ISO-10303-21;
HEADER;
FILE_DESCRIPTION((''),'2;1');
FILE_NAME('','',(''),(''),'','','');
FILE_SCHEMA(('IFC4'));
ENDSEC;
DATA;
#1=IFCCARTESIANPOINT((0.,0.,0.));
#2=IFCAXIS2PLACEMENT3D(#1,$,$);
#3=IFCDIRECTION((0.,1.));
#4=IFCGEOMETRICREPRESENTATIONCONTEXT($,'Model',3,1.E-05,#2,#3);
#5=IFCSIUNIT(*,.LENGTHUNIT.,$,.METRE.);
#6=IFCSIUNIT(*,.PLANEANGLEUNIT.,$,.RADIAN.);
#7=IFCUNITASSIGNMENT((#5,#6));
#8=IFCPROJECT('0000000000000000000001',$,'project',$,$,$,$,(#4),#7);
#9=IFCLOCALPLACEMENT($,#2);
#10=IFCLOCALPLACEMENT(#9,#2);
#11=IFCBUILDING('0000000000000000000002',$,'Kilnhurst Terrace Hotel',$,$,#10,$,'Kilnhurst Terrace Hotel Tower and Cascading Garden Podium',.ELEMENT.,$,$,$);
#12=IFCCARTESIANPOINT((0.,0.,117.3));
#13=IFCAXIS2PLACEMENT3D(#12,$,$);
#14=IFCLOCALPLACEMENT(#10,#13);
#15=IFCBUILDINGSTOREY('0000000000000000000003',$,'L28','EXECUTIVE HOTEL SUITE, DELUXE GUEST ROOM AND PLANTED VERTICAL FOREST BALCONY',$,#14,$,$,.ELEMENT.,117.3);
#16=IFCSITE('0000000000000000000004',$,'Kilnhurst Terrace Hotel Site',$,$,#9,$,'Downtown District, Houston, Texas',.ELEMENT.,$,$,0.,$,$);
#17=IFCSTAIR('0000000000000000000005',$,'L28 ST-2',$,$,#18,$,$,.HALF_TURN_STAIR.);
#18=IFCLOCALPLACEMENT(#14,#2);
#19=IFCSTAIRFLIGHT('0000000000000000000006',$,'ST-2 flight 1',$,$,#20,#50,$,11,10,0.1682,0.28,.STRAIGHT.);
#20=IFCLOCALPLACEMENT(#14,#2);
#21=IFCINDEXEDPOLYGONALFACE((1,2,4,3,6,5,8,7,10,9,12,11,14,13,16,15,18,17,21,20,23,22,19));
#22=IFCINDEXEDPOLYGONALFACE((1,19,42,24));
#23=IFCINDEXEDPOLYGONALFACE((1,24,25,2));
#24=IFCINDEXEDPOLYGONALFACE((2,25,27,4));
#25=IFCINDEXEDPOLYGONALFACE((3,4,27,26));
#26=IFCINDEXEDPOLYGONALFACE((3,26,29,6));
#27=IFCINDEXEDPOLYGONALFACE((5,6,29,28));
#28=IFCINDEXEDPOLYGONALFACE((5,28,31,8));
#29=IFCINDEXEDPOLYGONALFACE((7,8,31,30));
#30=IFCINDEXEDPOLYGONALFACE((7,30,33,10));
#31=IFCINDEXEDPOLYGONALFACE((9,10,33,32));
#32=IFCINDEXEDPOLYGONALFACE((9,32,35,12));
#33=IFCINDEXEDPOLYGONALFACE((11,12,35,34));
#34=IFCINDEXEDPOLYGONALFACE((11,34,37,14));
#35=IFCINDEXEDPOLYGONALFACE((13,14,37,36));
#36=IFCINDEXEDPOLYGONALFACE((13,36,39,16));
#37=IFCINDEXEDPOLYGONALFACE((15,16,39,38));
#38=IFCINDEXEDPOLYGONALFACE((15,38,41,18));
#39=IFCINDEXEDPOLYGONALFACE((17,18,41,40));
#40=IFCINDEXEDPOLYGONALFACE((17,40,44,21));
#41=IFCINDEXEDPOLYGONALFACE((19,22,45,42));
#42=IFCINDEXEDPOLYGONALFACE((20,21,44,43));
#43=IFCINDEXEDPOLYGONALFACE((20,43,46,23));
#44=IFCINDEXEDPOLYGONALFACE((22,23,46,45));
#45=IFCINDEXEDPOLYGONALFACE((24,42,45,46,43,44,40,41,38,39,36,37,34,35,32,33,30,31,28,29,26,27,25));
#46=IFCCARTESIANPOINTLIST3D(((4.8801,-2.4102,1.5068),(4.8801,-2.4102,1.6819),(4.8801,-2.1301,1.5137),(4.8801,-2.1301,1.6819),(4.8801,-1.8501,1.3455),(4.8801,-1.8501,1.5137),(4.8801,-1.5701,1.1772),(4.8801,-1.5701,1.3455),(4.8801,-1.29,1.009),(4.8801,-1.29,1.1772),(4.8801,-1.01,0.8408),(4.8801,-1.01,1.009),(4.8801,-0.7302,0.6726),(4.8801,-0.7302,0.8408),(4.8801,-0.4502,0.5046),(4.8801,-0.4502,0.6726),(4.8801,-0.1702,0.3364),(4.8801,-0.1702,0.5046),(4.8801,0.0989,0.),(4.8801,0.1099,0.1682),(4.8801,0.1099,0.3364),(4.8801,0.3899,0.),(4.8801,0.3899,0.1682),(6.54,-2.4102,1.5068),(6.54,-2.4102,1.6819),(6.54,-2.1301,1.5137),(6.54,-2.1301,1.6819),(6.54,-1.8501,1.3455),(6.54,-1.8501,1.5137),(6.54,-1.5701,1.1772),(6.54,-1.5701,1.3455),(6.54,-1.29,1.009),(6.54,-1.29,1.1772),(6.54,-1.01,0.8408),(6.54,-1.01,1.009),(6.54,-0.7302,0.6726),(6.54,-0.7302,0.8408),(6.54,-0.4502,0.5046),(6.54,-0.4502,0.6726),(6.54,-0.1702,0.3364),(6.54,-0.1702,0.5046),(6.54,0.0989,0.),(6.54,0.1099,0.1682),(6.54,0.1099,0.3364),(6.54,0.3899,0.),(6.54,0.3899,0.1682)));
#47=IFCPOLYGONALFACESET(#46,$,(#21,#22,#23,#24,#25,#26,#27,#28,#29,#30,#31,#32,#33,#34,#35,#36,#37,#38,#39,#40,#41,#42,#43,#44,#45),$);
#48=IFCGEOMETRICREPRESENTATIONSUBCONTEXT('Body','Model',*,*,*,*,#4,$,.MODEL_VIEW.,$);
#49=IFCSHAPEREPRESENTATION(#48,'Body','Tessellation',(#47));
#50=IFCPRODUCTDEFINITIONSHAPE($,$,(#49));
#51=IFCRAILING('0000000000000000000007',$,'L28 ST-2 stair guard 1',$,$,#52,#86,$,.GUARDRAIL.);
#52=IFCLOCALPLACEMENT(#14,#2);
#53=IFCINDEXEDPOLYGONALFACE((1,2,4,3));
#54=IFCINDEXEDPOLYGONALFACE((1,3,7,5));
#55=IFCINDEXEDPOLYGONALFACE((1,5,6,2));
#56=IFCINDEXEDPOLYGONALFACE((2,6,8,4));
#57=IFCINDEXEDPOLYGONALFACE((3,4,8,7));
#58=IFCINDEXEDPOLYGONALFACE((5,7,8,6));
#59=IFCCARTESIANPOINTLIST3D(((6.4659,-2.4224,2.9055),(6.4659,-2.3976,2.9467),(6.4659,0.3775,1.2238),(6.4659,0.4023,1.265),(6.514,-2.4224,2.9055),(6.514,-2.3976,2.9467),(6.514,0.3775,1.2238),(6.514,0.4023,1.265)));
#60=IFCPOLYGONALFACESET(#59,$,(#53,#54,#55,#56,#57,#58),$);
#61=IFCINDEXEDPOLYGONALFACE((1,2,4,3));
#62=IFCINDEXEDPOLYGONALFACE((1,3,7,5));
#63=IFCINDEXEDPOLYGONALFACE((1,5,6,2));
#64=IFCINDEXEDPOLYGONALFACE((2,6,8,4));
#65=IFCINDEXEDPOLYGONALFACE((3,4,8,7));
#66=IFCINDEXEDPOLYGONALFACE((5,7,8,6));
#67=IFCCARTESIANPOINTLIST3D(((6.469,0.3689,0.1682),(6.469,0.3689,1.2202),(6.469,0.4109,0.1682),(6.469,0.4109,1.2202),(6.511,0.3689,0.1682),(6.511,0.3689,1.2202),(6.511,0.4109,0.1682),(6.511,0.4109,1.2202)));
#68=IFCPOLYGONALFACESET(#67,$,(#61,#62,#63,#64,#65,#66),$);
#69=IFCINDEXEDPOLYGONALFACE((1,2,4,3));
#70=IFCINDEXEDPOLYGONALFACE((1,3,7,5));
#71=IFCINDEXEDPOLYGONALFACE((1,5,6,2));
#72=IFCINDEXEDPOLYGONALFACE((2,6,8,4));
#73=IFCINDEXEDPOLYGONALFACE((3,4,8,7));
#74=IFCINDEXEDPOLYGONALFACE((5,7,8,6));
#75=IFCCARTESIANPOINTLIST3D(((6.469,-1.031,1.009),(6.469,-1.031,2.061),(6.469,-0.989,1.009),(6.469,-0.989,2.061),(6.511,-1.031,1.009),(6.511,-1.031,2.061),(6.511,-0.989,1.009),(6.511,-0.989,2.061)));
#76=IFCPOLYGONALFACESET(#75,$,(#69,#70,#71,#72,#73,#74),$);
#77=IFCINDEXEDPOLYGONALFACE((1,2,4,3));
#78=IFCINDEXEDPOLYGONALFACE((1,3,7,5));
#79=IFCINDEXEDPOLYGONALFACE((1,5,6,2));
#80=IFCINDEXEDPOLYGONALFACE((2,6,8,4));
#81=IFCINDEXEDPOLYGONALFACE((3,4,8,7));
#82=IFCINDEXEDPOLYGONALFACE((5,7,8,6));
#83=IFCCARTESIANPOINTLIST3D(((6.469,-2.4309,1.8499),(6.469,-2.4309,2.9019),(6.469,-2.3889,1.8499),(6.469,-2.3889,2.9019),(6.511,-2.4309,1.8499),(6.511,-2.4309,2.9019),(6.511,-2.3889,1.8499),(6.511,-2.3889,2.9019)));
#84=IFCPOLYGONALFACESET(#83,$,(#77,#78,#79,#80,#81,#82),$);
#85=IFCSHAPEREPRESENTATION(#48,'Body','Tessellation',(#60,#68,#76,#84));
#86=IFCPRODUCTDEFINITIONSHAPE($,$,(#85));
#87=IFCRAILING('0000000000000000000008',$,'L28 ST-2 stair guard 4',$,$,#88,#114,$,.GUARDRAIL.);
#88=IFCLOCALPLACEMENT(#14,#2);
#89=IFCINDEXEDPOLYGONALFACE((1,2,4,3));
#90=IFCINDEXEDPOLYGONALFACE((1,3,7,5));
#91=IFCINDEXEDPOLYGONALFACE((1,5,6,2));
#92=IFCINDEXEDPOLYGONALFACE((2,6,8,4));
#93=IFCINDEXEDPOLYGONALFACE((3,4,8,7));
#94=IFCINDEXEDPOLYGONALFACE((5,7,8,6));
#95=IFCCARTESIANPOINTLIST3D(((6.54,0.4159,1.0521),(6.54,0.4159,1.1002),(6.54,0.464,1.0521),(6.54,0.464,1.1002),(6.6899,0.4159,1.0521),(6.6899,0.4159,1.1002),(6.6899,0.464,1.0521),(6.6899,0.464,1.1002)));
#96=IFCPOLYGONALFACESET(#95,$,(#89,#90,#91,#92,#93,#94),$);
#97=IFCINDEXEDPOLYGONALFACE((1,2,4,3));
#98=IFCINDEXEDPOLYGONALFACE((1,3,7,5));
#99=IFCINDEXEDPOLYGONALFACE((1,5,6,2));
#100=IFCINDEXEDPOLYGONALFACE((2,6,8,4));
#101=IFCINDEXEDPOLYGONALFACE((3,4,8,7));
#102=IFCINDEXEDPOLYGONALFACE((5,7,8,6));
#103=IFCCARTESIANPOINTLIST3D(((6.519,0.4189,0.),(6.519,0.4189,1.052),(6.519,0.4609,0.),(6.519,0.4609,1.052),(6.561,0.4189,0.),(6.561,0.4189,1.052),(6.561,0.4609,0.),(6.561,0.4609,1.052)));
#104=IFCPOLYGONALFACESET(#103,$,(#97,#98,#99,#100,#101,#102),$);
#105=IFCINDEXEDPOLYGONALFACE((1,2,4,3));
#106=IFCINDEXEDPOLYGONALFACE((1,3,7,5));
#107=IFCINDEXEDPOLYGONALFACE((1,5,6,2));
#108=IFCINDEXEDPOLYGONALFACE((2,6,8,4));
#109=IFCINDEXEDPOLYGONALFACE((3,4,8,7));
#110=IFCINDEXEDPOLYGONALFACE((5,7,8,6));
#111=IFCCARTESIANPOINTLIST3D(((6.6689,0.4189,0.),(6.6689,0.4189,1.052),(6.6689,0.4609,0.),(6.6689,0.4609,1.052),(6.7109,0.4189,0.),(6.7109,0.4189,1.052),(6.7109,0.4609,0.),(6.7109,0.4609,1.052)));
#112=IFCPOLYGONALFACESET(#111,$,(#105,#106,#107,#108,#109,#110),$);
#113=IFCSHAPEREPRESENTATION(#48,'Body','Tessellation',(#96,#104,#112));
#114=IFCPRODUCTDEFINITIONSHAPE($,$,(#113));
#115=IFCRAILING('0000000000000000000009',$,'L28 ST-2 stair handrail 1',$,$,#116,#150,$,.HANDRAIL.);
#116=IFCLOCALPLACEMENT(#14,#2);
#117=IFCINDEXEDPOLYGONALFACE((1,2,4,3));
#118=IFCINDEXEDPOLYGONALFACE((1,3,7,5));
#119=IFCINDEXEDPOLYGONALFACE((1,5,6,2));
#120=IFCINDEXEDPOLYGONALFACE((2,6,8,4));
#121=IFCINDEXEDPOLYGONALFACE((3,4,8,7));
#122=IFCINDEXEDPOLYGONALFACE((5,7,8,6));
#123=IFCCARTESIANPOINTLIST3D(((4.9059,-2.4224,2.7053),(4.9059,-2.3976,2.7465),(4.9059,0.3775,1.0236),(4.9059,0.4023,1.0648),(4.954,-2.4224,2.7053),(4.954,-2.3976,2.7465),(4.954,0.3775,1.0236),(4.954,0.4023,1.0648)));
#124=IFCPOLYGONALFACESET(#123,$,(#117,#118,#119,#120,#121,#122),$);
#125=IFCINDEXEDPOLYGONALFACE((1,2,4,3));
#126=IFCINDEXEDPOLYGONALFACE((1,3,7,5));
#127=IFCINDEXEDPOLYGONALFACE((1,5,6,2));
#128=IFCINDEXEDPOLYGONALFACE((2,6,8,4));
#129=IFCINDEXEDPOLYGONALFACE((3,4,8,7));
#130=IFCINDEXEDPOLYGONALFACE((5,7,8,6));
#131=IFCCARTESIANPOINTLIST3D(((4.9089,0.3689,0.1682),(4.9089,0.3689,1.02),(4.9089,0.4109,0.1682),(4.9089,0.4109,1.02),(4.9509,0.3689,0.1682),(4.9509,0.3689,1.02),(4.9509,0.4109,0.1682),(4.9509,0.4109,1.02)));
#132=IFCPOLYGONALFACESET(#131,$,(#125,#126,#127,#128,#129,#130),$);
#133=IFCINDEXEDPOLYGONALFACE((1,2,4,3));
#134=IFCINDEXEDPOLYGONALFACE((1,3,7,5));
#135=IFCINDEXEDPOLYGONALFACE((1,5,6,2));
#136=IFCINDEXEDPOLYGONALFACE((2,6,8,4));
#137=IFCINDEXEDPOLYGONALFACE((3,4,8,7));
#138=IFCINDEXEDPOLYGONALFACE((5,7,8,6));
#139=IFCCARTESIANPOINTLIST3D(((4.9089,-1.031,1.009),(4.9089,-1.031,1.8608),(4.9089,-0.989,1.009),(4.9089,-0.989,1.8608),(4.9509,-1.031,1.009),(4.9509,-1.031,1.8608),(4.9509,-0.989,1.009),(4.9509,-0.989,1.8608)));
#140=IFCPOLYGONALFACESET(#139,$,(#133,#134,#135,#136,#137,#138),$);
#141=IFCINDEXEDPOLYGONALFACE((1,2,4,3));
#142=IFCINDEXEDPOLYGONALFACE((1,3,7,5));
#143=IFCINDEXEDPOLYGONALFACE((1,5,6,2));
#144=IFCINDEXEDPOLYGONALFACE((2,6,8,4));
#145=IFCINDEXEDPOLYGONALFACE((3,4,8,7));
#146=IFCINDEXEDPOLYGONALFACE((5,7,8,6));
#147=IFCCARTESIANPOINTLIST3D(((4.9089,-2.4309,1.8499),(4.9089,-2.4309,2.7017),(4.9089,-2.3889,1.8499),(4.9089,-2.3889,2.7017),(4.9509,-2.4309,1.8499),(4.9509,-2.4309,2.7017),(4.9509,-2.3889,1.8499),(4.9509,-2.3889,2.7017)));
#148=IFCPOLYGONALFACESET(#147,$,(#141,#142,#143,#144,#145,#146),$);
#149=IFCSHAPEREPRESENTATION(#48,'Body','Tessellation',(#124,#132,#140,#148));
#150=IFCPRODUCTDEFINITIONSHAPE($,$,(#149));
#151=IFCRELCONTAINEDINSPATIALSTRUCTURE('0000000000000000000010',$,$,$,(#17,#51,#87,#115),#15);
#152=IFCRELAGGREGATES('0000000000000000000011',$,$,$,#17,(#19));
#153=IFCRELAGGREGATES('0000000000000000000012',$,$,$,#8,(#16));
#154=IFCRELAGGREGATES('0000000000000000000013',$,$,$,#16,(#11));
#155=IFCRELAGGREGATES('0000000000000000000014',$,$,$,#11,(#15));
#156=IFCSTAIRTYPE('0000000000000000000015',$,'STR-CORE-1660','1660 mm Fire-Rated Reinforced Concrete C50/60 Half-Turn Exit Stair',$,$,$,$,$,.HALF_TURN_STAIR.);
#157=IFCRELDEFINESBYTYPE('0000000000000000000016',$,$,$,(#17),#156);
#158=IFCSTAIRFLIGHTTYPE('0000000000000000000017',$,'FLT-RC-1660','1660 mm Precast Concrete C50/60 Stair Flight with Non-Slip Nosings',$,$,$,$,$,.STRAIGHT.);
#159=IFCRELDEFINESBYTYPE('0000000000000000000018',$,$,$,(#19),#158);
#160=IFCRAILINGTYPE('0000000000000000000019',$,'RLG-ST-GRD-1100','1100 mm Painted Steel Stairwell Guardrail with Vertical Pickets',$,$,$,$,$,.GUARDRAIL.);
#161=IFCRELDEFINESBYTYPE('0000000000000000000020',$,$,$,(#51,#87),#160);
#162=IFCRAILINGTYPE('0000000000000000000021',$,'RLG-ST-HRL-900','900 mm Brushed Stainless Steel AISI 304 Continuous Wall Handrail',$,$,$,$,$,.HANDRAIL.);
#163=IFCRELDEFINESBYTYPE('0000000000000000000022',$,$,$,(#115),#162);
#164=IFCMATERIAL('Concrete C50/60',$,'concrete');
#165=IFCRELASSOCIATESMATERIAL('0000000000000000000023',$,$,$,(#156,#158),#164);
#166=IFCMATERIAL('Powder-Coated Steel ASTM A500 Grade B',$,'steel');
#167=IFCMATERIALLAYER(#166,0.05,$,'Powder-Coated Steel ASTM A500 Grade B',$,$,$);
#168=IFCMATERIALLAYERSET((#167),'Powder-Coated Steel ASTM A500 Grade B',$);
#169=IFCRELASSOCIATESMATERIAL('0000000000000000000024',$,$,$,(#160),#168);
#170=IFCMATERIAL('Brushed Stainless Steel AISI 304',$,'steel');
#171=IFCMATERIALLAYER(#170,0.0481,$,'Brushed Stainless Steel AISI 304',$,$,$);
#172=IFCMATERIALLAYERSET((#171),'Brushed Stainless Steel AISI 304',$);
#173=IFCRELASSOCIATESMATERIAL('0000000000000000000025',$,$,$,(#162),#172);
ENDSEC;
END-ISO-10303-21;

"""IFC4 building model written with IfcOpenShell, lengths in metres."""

from ifc_helpers import new_model, si_unit, direction, frame, origin, origin_2d, place, context, subcontext, project, spatial, polyline, rectangle, outline, extrude, material, layer, layer_set, type_object, element, aggregate, save


model = new_model("IFC4")

# Units and contexts
model_context = context("Model", 3, precision=1e-05, world=origin(), true_north=direction((0.0, 1.0)))
body_context = subcontext(model_context, "Body", "Model", "MODEL_VIEW")
ifc_project = project(units=[si_unit("LENGTHUNIT", "METRE"), si_unit("PLANEANGLEUNIT", "RADIAN")], contexts=[model_context])

# Site, building, storey
site_placement = place(None, origin())
site = spatial("IfcSite", under=ifc_project, at=site_placement, Name="Kilnhurst Terrace Hotel Site", LongName="Downtown District, Houston, Texas", CompositionType="ELEMENT", RefElevation=0.0)
building_placement = place(site_placement, origin())
building = spatial("IfcBuilding", under=site, at=building_placement, Name="Kilnhurst Terrace Hotel", LongName="Kilnhurst Terrace Hotel Tower and Cascading Garden Podium", CompositionType="ELEMENT")
storey_placement = place(building_placement, frame((0.0, 0.0, 117.3)))
storey = spatial("IfcBuildingStorey", under=building, at=storey_placement, Name="L28", Description="EXECUTIVE HOTEL SUITE, DELUXE GUEST ROOM AND PLANTED VERTICAL FOREST BALCONY", CompositionType="ELEMENT", Elevation=117.3)

# Stair
ifc_material_1 = material(Name="Concrete C50/60", Category="concrete")
stair_type = type_object("IfcStairType", Name="STR-CORE-1660", Description="1660 mm Fire-Rated Reinforced Concrete C50/60 Half-Turn Exit Stair", PredefinedType="HALF_TURN_STAIR", material=ifc_material_1)
stair_1_placement = place(storey_placement, origin())
stair_1 = element("IfcStair", 1, at=stair_1_placement, inside=storey, type_object=stair_type, Name="L28 ST-2", PredefinedType="HALF_TURN_STAIR")

# Stair flight
stair_flight_type = type_object("IfcStairFlightType", Name="FLT-RC-1660", Description="1660 mm Precast Concrete C50/60 Stair Flight with Non-Slip Nosings", PredefinedType="STRAIGHT", material=ifc_material_1)
stair_flight_placement = place(storey_placement, frame((5.71, 0.3899, 0.0), z_axis=(0.0, 0.0, 1.0), x_axis=(0.0, -1.0, 0.0)))
stair_flight = element("IfcStairFlight", 2, at=stair_flight_placement, type_object=stair_flight_type, Name="ST-2 flight 1", NumberOfRisers=11, NumberOfTreads=10, PredefinedType="STRAIGHT", RiserHeight=0.1682, TreadLength=0.28, context=body_context, shape_type="SweptSolid", body=[
    extrude(outline(polyline([(0.0, 0.0), (0.0, 0.1682), (0.28, 0.1682), (0.28, 0.3364), (0.5601, 0.3364), (0.5601, 0.5046), (0.8401, 0.5046), (0.8401, 0.6726), (1.1201, 0.6726), (1.1201, 0.8408), (1.3999, 0.8408), (1.3999, 1.009), (1.6799, 1.009), (1.6799, 1.1772), (1.96, 1.1772), (1.96, 1.3455), (2.24, 1.3455), (2.24, 1.5137), (2.52, 1.5137), (2.52, 1.6819), (2.8, 1.6819), (2.8, 1.8501), (2.8, 1.5068), (0.291, 0.0), (0.0, 0.0)])), frame((0.0, 0.8301, 0.0), z_axis=(0.0, -1.0, 0.0), x_axis=(1.0, 0.0, 0.0)), (0.0, 0.0, 1.0), 1.6599),
])
aggregate(stair_1, [stair_flight])

# Railings
ifc_material_2 = material(Name="Powder-Coated Steel ASTM A500 Grade B", Category="steel")
ifc_layer_1 = layer(ifc_material_2, 0.05, Name="Powder-Coated Steel ASTM A500 Grade B")
ifc_layer_set_1 = layer_set([ifc_layer_1], Name="Powder-Coated Steel ASTM A500 Grade B")
railing_type_1 = type_object("IfcRailingType", Name="RLG-ST-GRD-1100", Description="1100 mm Painted Steel Stairwell Guardrail with Vertical Pickets", PredefinedType="GUARDRAIL", material=ifc_layer_set_1)
railing_1_placement = place(storey_placement, frame((6.49, 0.3899, 0.1682)))
element("IfcRailing", 3, at=railing_1_placement, inside=storey, type_object=railing_type_1, Name="L28 ST-2 stair guard 1", PredefinedType="GUARDRAIL", context=body_context, shape_type="SweptSolid", body=[
    extrude(rectangle(XDim=0.0481, YDim=0.0481, at=origin_2d()), frame((0.0, 0.0, 1.0762), z_axis=(0.0, -0.857255, 0.514891), x_axis=(1.0, 0.0, 0.0)), (0.0, 0.0, 1.0), 3.2661),
    extrude(rectangle(XDim=0.042, YDim=0.042, at=origin_2d()), origin(), (0.0, 0.0, 1.0), 1.052),
    extrude(rectangle(XDim=0.042, YDim=0.042, at=origin_2d()), frame((0.0, -1.3999, 0.8408)), (0.0, 0.0, 1.0), 1.052),
    extrude(rectangle(XDim=0.042, YDim=0.042, at=origin_2d()), frame((0.0, -2.7998, 1.6816)), (0.0, 0.0, 1.0), 1.052),
])
railing_2_placement = place(storey_placement, frame((6.54, 0.4399, 0.0)))
element("IfcRailing", 4, at=railing_2_placement, inside=storey, type_object=railing_type_1, Name="L28 ST-2 stair guard 4", PredefinedType="GUARDRAIL", context=body_context, shape_type="SweptSolid", body=[
    extrude(rectangle(XDim=0.0481, YDim=0.0481, at=origin_2d()), frame((0.0, 0.0, 1.0762), z_axis=(1.0, 0.0, 0.0), x_axis=(0.0, 1.0, 0.0)), (0.0, 0.0, 1.0), 0.1499),
    extrude(rectangle(XDim=0.042, YDim=0.042, at=origin_2d()), origin(), (0.0, 0.0, 1.0), 1.052),
    extrude(rectangle(XDim=0.042, YDim=0.042, at=origin_2d()), frame((0.1499, 0.0, 0.0)), (0.0, 0.0, 1.0), 1.052),
])
ifc_material_3 = material(Name="Brushed Stainless Steel AISI 304", Category="steel")
ifc_layer_2 = layer(ifc_material_3, 0.0481, Name="Brushed Stainless Steel AISI 304")
ifc_layer_set_2 = layer_set([ifc_layer_2], Name="Brushed Stainless Steel AISI 304")
railing_type_2 = type_object("IfcRailingType", Name="RLG-ST-HRL-900", Description="900 mm Brushed Stainless Steel AISI 304 Continuous Wall Handrail", PredefinedType="HANDRAIL", material=ifc_layer_set_2)
railing_3_placement = place(storey_placement, frame((4.9299, 0.3899, 0.1682)))
element("IfcRailing", 5, at=railing_3_placement, inside=storey, type_object=railing_type_2, Name="L28 ST-2 stair handrail 1", PredefinedType="HANDRAIL", context=body_context, shape_type="SweptSolid", body=[
    extrude(rectangle(XDim=0.0481, YDim=0.0481, at=origin_2d()), frame((0.0, 0.0, 0.876), z_axis=(0.0, -0.857255, 0.514891), x_axis=(1.0, 0.0, 0.0)), (0.0, 0.0, 1.0), 3.2661),
    extrude(rectangle(XDim=0.042, YDim=0.042, at=origin_2d()), origin(), (0.0, 0.0, 1.0), 0.8518),
    extrude(rectangle(XDim=0.042, YDim=0.042, at=origin_2d()), frame((0.0, -1.3999, 0.8408)), (0.0, 0.0, 1.0), 0.8518),
    extrude(rectangle(XDim=0.042, YDim=0.042, at=origin_2d()), frame((0.0, -2.7998, 1.6816)), (0.0, 0.0, 1.0), 0.8518),
])

save(model, "model.ifc")
